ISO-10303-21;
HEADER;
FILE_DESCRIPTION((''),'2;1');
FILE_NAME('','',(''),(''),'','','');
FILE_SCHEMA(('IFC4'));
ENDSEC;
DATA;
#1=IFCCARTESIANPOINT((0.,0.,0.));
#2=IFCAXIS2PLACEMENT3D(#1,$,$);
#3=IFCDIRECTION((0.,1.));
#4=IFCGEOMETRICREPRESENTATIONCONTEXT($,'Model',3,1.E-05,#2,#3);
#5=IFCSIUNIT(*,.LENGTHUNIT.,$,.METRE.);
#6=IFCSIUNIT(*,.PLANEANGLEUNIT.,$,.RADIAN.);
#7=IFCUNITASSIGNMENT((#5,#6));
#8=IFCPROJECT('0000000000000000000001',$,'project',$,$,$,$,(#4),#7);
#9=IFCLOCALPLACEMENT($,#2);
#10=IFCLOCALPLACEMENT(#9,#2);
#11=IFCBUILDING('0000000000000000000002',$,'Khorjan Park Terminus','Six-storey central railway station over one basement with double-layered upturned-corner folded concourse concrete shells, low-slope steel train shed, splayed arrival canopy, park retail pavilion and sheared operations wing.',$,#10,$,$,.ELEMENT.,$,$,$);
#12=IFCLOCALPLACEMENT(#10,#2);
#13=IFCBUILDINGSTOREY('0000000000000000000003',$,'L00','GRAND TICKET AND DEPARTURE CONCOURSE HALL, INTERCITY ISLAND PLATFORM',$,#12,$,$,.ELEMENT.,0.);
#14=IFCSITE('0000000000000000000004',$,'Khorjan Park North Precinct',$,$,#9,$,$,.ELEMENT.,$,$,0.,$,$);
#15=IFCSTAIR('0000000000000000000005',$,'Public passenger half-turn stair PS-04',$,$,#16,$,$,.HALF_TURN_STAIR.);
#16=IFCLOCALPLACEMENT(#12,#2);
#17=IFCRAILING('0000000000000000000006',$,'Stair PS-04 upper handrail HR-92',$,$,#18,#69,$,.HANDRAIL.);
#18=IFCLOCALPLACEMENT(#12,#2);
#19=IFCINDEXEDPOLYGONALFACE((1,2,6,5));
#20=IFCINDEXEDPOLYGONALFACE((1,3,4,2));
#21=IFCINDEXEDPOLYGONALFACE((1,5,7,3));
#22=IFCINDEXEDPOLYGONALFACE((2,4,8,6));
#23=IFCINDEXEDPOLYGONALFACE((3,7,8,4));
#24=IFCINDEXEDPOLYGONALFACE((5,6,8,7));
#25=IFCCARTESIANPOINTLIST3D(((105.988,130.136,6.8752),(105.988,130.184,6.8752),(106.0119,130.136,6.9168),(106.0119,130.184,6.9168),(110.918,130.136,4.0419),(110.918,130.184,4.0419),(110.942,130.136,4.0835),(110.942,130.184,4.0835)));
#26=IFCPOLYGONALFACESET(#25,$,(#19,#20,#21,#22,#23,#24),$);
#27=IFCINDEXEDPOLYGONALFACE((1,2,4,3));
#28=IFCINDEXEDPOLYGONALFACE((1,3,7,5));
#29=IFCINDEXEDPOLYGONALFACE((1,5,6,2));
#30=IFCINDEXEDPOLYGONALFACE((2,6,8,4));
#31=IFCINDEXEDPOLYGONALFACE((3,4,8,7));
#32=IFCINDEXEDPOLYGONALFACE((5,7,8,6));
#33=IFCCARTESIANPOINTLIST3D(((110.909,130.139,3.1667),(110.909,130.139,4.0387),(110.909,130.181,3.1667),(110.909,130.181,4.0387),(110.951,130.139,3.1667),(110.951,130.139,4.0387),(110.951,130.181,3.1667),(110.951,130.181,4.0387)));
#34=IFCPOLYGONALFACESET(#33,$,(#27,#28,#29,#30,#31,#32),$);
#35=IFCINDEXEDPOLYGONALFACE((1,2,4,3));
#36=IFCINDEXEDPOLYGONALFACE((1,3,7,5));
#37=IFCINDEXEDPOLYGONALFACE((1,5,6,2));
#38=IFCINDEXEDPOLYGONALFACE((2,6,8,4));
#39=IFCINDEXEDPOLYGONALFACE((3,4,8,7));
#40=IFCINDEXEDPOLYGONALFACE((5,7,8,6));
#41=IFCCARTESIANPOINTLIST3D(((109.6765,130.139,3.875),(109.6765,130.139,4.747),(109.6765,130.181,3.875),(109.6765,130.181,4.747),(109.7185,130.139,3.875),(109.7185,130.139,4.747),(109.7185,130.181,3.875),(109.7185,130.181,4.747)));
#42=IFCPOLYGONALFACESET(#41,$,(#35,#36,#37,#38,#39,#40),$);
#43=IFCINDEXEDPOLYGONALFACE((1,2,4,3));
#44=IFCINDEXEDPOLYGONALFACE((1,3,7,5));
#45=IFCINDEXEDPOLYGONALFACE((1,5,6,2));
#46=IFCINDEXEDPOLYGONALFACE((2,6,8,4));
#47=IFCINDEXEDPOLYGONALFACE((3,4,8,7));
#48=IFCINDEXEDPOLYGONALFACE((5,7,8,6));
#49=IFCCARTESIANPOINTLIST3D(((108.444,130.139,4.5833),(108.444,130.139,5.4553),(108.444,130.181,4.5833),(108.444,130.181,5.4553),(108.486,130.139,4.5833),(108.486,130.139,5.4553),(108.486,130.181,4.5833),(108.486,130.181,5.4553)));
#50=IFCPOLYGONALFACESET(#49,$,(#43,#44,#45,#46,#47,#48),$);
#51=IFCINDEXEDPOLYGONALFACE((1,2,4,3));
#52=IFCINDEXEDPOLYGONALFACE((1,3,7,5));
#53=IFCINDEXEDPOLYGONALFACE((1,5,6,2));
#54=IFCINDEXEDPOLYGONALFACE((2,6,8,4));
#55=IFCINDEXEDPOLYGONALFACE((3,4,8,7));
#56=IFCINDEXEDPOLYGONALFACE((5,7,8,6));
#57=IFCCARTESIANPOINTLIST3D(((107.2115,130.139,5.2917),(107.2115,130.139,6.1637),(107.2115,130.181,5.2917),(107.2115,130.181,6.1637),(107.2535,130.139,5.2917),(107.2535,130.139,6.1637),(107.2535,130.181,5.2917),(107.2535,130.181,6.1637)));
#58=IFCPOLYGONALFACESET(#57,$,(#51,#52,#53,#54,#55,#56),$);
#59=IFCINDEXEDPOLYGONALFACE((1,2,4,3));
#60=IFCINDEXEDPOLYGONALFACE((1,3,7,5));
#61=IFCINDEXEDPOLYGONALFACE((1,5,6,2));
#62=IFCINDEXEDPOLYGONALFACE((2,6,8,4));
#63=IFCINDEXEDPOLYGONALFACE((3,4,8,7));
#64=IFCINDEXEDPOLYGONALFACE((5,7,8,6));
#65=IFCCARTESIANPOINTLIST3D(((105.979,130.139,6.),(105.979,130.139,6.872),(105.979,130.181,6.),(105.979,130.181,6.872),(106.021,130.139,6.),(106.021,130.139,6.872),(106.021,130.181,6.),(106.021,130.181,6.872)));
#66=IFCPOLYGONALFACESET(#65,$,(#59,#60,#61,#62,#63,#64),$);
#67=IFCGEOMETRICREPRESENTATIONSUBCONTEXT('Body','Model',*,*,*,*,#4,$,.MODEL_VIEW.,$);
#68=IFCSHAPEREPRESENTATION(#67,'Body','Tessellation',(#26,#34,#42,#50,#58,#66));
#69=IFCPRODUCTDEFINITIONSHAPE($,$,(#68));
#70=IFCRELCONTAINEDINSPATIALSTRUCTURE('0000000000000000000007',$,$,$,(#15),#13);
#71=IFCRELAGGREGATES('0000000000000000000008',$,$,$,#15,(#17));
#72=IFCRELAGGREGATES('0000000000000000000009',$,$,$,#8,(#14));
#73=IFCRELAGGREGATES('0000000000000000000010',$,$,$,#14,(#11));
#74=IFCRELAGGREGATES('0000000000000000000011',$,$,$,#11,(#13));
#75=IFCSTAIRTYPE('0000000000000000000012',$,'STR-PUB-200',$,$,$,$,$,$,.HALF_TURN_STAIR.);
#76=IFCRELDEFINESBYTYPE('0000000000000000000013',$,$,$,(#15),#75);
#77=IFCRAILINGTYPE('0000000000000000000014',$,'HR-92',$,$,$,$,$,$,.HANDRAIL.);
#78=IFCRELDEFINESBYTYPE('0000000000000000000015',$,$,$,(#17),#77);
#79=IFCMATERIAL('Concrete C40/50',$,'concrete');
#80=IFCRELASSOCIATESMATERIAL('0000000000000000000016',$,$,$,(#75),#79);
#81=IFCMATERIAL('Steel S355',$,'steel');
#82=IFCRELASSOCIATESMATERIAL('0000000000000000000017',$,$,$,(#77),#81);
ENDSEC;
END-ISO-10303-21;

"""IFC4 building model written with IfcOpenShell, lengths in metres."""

from ifc_helpers import new_model, si_unit, direction, frame, origin, origin_2d, place, context, subcontext, project, spatial, rectangle, extrude, material, type_object, element, aggregate, save


model = new_model("IFC4")

# Units and contexts
model_context = context("Model", 3, precision=1e-05, world=origin(), true_north=direction((0.0, 1.0)))
body_context = subcontext(model_context, "Body", "Model", "MODEL_VIEW")
ifc_project = project(units=[si_unit("LENGTHUNIT", "METRE"), si_unit("PLANEANGLEUNIT", "RADIAN")], contexts=[model_context])

# Site, building, storey
site_placement = place(None, origin())
site = spatial("IfcSite", under=ifc_project, at=site_placement, Name="Khorjan Park North Precinct", CompositionType="ELEMENT", RefElevation=0.0)
building_placement = place(site_placement, origin())
building = spatial("IfcBuilding", under=site, at=building_placement, Name="Khorjan Park Terminus", Description="Six-storey central railway station over one basement with double-layered upturned-corner folded concourse concrete shells, low-slope steel train shed, splayed arrival canopy, park retail pavilion and sheared operations wing.", CompositionType="ELEMENT")
storey_placement = place(building_placement, origin())
storey = spatial("IfcBuildingStorey", under=building, at=storey_placement, Name="L00", Description="GRAND TICKET AND DEPARTURE CONCOURSE HALL, INTERCITY ISLAND PLATFORM", CompositionType="ELEMENT", Elevation=0.0)

# Shared definitions
ifc_material_1 = material(Name="Steel S355", Category="steel")

# Stair
ifc_material_2 = material(Name="Concrete C40/50", Category="concrete")
stair_type = type_object("IfcStairType", Name="STR-PUB-200", PredefinedType="HALF_TURN_STAIR", material=ifc_material_2)
stair_1_placement = place(storey_placement, origin())
stair_1 = element("IfcStair", 1, at=stair_1_placement, inside=storey, type_object=stair_type, Name="Public passenger half-turn stair PS-04", PredefinedType="HALF_TURN_STAIR")

# Railing
railing_type_1 = type_object("IfcRailingType", Name="HR-92", PredefinedType="HANDRAIL", material=ifc_material_1)
railing_1_placement = place(storey_placement, frame((110.93, 130.16, 3.1667)))
railing_1 = element("IfcRailing", 2, at=railing_1_placement, type_object=railing_type_1, Name="Stair PS-04 upper handrail HR-92", PredefinedType="HANDRAIL", context=body_context, shape_type="SweptSolid", body=[
    extrude(rectangle(XDim=0.048, YDim=0.048, at=origin_2d()), frame((0.0, 0.0, 0.896), z_axis=(-0.867016, 0.0, 0.498279), x_axis=(0.0, -1.0, 0.0)), (0.0, 0.0, 1.0), 5.6862),
    extrude(rectangle(XDim=0.042, YDim=0.042, at=origin_2d()), origin(), (0.0, 0.0, 1.0), 0.872),
    extrude(rectangle(XDim=0.042, YDim=0.042, at=origin_2d()), frame((-1.2325, 0.0, 0.7083)), (0.0, 0.0, 1.0), 0.872),
    extrude(rectangle(XDim=0.042, YDim=0.042, at=origin_2d()), frame((-2.465, 0.0, 1.4166)), (0.0, 0.0, 1.0), 0.872),
    extrude(rectangle(XDim=0.042, YDim=0.042, at=origin_2d()), frame((-3.6975, 0.0, 2.125)), (0.0, 0.0, 1.0), 0.872),
    extrude(rectangle(XDim=0.042, YDim=0.042, at=origin_2d()), frame((-4.93, 0.0, 2.8333)), (0.0, 0.0, 1.0), 0.872),
])
aggregate(stair_1, [railing_1])

save(model, "model.ifc")
